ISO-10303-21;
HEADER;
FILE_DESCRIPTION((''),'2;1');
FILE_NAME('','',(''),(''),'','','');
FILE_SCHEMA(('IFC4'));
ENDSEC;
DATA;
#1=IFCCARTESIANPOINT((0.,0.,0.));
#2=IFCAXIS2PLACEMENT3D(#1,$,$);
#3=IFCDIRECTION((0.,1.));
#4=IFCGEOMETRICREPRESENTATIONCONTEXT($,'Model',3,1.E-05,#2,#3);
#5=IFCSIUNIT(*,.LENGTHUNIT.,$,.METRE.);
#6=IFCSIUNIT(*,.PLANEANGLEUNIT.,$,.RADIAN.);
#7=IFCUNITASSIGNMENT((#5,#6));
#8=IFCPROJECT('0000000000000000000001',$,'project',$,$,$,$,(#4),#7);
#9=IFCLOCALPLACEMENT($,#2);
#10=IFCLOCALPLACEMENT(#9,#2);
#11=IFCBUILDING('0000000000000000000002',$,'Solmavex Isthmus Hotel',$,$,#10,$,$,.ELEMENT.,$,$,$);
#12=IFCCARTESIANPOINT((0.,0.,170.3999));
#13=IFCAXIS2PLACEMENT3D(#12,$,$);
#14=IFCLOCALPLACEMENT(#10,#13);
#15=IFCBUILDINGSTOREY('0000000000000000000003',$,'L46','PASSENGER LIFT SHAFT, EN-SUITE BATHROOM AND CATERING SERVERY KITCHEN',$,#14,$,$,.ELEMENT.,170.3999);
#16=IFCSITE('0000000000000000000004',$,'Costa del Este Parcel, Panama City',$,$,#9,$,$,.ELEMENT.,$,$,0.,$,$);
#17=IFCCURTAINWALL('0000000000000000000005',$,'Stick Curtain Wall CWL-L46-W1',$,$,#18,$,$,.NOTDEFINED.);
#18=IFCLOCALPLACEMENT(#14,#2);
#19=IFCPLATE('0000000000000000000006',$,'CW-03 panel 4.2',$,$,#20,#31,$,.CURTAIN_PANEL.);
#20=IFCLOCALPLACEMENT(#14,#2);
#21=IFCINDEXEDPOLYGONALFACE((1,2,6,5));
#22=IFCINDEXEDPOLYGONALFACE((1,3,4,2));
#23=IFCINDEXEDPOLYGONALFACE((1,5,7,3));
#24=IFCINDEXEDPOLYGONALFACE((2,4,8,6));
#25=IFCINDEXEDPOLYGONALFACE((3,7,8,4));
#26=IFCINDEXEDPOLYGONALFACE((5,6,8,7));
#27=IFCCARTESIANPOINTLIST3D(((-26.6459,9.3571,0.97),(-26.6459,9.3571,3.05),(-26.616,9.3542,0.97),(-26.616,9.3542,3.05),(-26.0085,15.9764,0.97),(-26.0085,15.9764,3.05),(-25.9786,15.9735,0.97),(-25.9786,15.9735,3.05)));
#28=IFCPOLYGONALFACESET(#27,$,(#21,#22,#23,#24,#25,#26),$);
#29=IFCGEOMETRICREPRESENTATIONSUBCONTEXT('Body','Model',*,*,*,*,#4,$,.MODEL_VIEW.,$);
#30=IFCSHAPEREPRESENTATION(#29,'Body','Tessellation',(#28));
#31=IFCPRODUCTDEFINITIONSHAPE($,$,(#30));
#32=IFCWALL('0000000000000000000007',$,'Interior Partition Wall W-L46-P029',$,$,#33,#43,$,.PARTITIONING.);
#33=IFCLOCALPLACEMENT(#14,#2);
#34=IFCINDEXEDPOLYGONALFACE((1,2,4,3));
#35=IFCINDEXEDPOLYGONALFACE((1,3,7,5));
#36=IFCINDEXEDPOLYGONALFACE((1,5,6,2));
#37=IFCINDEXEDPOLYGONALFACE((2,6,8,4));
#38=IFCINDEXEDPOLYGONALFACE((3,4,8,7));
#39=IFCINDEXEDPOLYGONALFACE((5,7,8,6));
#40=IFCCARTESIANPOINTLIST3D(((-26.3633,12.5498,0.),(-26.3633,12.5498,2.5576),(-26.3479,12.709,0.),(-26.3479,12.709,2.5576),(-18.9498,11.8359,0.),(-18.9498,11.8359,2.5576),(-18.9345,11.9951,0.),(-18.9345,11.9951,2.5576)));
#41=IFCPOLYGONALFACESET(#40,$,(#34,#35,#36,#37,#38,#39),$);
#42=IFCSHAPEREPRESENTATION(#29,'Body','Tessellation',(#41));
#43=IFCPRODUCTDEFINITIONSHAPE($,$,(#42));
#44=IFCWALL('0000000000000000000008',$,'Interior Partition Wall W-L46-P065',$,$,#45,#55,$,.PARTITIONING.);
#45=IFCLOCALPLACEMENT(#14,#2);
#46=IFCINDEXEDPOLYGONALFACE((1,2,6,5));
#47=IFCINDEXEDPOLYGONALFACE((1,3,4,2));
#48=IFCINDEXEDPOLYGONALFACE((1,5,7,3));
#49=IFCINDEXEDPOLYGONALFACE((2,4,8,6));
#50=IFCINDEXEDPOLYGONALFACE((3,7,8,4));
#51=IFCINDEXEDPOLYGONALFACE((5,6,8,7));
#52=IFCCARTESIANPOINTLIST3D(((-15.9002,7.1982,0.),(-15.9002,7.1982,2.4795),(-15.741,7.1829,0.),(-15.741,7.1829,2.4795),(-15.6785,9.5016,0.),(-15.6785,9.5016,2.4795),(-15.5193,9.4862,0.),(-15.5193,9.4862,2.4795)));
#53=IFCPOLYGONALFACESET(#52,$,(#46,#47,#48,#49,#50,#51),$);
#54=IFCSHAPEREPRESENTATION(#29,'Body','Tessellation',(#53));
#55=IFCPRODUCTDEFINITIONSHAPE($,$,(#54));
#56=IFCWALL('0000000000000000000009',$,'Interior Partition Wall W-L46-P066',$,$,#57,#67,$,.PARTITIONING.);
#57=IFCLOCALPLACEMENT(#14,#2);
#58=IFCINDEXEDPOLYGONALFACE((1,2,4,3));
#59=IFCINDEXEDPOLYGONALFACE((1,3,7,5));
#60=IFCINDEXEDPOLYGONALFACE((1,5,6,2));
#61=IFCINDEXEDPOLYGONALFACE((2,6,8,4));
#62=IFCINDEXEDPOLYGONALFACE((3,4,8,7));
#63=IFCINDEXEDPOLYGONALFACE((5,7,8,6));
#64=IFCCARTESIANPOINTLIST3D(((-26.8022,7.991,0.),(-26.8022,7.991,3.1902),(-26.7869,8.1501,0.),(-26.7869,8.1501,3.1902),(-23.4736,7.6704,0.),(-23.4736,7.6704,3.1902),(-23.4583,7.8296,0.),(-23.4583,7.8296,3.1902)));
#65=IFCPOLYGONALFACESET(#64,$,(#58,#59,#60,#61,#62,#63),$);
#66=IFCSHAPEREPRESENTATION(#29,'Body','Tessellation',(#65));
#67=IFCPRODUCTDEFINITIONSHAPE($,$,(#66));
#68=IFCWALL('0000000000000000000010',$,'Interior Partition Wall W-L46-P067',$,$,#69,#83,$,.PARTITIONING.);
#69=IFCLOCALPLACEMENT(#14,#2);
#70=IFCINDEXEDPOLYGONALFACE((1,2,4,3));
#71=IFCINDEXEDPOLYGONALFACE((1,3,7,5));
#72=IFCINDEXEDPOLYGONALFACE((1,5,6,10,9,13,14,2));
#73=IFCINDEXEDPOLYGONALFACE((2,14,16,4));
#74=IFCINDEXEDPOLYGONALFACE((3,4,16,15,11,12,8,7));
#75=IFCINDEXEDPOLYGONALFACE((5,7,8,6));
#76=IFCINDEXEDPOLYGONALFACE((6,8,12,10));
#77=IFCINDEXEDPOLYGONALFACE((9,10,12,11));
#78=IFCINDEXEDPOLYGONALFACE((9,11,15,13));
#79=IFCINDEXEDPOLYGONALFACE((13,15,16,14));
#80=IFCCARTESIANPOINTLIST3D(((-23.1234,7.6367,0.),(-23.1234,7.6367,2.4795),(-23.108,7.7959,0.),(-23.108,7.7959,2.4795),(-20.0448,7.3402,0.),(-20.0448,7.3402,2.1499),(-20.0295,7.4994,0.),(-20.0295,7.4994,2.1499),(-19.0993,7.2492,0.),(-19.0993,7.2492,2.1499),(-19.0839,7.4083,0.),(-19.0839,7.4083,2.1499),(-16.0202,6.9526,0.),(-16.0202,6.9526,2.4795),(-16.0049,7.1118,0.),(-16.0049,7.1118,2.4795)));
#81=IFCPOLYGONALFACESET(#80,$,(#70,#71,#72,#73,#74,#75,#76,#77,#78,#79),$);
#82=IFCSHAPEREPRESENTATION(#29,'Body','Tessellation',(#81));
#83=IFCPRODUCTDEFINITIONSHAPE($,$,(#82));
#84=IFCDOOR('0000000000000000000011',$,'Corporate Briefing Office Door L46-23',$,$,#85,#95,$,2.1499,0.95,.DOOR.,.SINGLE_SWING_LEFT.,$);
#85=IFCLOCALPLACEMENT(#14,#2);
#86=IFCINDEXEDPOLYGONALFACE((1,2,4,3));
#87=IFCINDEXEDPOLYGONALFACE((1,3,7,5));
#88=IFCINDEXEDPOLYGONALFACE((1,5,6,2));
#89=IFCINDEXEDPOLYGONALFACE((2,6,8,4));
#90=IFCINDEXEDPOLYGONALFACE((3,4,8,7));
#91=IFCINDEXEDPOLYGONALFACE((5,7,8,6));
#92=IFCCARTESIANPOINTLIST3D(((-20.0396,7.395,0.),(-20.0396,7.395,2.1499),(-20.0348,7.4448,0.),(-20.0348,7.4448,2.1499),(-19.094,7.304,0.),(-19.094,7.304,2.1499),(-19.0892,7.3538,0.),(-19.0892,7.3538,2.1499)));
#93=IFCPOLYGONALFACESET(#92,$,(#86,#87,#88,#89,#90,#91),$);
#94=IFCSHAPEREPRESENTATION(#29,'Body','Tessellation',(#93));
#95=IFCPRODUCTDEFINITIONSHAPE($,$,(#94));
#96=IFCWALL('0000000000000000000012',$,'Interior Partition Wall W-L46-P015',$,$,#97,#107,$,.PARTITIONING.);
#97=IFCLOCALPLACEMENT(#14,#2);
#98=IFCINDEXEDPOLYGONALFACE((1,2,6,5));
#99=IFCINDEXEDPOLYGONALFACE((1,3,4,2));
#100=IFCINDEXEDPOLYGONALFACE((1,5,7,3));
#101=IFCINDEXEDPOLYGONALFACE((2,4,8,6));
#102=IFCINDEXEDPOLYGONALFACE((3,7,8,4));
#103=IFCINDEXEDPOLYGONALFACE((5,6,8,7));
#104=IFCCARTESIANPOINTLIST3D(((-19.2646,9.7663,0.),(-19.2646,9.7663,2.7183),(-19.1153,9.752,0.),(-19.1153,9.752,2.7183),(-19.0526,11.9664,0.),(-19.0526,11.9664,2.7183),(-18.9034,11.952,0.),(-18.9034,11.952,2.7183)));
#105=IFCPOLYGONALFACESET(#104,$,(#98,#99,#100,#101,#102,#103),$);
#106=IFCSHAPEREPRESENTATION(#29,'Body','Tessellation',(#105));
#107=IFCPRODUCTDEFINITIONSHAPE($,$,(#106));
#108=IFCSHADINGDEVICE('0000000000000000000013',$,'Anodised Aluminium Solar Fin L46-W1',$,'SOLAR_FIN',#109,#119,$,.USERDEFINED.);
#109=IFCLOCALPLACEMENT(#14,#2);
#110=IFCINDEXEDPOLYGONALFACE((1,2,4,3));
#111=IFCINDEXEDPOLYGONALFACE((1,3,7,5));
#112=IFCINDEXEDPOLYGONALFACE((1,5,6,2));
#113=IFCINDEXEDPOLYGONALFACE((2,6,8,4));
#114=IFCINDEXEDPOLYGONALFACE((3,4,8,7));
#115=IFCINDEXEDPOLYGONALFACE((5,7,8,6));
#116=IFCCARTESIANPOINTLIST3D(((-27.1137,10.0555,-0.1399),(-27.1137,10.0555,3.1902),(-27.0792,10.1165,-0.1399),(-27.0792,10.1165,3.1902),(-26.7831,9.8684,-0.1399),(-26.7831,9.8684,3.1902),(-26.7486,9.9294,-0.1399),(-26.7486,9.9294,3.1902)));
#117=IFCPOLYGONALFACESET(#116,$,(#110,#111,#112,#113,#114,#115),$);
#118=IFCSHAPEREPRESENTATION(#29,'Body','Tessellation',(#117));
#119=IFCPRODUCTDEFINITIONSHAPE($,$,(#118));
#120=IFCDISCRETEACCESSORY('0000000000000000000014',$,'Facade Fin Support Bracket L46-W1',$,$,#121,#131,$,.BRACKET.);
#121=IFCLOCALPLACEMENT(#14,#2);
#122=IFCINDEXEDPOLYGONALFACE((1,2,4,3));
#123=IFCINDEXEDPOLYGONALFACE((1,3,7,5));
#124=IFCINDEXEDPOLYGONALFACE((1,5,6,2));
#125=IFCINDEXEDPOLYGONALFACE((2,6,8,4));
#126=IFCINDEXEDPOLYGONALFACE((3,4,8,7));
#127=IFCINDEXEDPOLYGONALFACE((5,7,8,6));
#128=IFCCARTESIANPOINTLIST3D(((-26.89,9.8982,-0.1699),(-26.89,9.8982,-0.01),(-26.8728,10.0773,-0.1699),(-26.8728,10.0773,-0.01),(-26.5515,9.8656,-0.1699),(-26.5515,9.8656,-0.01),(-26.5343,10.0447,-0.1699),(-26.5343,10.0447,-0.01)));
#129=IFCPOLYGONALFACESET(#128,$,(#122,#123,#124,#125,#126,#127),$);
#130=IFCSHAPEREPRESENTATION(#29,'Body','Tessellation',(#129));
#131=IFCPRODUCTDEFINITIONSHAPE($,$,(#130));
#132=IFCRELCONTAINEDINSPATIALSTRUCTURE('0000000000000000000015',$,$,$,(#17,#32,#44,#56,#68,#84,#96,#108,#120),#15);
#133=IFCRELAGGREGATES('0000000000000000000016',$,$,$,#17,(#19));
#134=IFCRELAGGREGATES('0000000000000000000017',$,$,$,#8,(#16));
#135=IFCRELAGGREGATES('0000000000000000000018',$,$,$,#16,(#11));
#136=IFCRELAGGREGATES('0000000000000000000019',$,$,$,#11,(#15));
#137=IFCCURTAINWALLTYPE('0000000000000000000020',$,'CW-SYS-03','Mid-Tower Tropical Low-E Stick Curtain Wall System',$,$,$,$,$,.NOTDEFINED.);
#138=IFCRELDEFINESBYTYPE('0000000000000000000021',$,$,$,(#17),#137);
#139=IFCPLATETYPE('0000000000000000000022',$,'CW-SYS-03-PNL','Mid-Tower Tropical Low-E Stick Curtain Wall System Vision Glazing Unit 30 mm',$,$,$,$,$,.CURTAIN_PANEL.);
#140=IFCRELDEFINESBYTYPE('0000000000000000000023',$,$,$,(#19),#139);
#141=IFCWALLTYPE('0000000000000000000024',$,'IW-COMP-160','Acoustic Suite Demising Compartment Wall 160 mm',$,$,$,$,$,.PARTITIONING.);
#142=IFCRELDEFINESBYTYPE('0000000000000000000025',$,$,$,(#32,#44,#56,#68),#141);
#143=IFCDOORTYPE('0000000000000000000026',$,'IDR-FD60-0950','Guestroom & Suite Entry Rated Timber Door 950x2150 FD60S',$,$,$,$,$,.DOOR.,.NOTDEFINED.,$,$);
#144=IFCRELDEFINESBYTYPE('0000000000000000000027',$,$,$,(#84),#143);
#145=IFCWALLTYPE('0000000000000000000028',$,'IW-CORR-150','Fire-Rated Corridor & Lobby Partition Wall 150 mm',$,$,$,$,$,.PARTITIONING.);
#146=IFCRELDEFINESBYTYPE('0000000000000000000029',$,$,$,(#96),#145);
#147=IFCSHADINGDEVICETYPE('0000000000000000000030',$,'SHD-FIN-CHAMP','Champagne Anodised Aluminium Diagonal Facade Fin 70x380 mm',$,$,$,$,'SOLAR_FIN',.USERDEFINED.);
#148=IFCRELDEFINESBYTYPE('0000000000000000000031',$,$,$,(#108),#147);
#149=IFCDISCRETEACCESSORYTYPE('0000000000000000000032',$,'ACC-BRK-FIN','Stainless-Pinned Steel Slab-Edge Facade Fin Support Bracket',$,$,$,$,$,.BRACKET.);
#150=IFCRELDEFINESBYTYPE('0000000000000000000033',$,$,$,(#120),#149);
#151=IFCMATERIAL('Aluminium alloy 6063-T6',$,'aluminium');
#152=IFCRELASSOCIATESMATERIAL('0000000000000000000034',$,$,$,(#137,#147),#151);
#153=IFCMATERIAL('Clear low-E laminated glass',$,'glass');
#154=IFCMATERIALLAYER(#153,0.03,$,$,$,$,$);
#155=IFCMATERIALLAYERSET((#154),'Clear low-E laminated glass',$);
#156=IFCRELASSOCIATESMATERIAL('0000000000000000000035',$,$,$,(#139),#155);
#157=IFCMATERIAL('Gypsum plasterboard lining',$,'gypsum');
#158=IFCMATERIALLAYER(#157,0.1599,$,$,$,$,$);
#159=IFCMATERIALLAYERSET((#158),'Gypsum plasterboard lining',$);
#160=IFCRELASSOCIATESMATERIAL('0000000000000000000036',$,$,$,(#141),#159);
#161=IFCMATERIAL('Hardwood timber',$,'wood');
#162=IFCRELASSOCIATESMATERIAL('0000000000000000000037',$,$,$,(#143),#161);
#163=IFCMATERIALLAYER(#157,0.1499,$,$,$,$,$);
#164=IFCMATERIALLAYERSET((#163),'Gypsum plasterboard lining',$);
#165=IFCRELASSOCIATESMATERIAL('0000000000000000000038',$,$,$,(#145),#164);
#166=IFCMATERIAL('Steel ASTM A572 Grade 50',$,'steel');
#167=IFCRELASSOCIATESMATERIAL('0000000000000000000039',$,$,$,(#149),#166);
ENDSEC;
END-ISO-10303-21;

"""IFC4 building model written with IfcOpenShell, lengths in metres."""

from ifc_helpers import new_model, si_unit, direction, frame, frame_2d, origin, origin_2d, place, context, subcontext, project, spatial, rectangle, extrude, material, layer, layer_set, type_object, element, fill, aggregate, save


model = new_model("IFC4")

# Units and contexts
model_context = context("Model", 3, precision=1e-05, world=origin(), true_north=direction((0.0, 1.0)))
body_context = subcontext(model_context, "Body", "Model", "MODEL_VIEW")
ifc_project = project(units=[si_unit("LENGTHUNIT", "METRE"), si_unit("PLANEANGLEUNIT", "RADIAN")], contexts=[model_context])

# Site, building, storey
site_placement = place(None, origin())
site = spatial("IfcSite", under=ifc_project, at=site_placement, Name="Costa del Este Parcel, Panama City", CompositionType="ELEMENT", RefElevation=0.0)
building_placement = place(site_placement, origin())
building = spatial("IfcBuilding", under=site, at=building_placement, Name="Solmavex Isthmus Hotel", CompositionType="ELEMENT")
storey_placement = place(building_placement, frame((0.0, 0.0, 170.3999)))
storey = spatial("IfcBuildingStorey", under=building, at=storey_placement, Name="L46", Description="PASSENGER LIFT SHAFT, EN-SUITE BATHROOM AND CATERING SERVERY KITCHEN", CompositionType="ELEMENT", Elevation=170.3999)

# Curtain wall, plate
ifc_material_1 = material(Name="Aluminium alloy 6063-T6", Category="aluminium")
curtain_wall_type = type_object("IfcCurtainWallType", Name="CW-SYS-03", Description="Mid-Tower Tropical Low-E Stick Curtain Wall System", PredefinedType="NOTDEFINED", material=ifc_material_1)
curtain_wall_placement = place(storey_placement, origin())
curtain_wall = element("IfcCurtainWall", 1, at=curtain_wall_placement, inside=storey, type_object=curtain_wall_type, Name="Stick Curtain Wall CWL-L46-W1", PredefinedType="NOTDEFINED")
ifc_material_2 = material(Name="Clear low-E laminated glass", Category="glass")
ifc_layer_1 = layer(ifc_material_2, 0.03)
ifc_layer_set_1 = layer_set([ifc_layer_1], Name="Clear low-E laminated glass")
plate_type = type_object("IfcPlateType", Name="CW-SYS-03-PNL", Description="Mid-Tower Tropical Low-E Stick Curtain Wall System Vision Glazing Unit 30 mm", PredefinedType="CURTAIN_PANEL", material=ifc_layer_set_1)
plate_1_placement = place(storey_placement, frame((-26.3123, 12.6653, 0.97), z_axis=(0.0, 0.0, 1.0), x_axis=(0.095846, 0.995396, 0.0)))
plate_1 = element("IfcPlate", 2, at=plate_1_placement, type_object=plate_type, Name="CW-03 panel 4.2", PredefinedType="CURTAIN_PANEL", context=body_context, shape_type="SweptSolid", body=[
    extrude(rectangle(XDim=6.6499, YDim=0.03, at=origin_2d()), origin(), (0.0, 0.0, 1.0), 2.0801),
])
aggregate(curtain_wall, [plate_1])

# Walls
ifc_material_3 = material(Name="Gypsum plasterboard lining", Category="gypsum")
ifc_layer_2 = layer(ifc_material_3, 0.1599)
ifc_layer_set_2 = layer_set([ifc_layer_2], Name="Gypsum plasterboard lining")
wall_type_1 = type_object("IfcWallType", Name="IW-COMP-160", Description="Acoustic Suite Demising Compartment Wall 160 mm", PredefinedType="PARTITIONING", material=ifc_layer_set_2)
wall_1_placement = place(storey_placement, frame((-18.9421, 11.9155, 0.0), z_axis=(0.0, 0.0, 1.0), x_axis=(-0.995396, 0.095849, 0.0)))
element("IfcWall", 3, at=wall_1_placement, inside=storey, type_object=wall_type_1, Name="Interior Partition Wall W-L46-P029", PredefinedType="PARTITIONING", context=body_context, shape_type="SweptSolid", body=[
    extrude(rectangle(XDim=7.4478, YDim=0.1599, at=frame_2d((3.7239, 0.0))), origin(), (0.0, 0.0, 1.0), 2.5576),
])
wall_2_placement = place(storey_placement, frame((-15.5989, 9.4939, 0.0), z_axis=(0.0, 0.0, 1.0), x_axis=(-0.095805, -0.9954, 0.0)))
element("IfcWall", 4, at=wall_2_placement, inside=storey, type_object=wall_type_1, Name="Interior Partition Wall W-L46-P065", PredefinedType="PARTITIONING", context=body_context, shape_type="SweptSolid", body=[
    extrude(rectangle(XDim=2.314, YDim=0.1599, at=frame_2d((1.157, 0.0))), origin(), (0.0, 0.0, 1.0), 2.4795),
])
wall_3_placement = place(storey_placement, frame((-23.4661, 7.75, 0.0), z_axis=(0.0, 0.0, 1.0), x_axis=(-0.995395, 0.09586, 0.0)))
element("IfcWall", 5, at=wall_3_placement, inside=storey, type_object=wall_type_1, Name="Interior Partition Wall W-L46-P066", PredefinedType="PARTITIONING", context=body_context, shape_type="SweptSolid", body=[
    extrude(rectangle(XDim=3.344, YDim=0.1599, at=frame_2d((1.6719, 0.0))), origin(), (0.0, 0.0, 1.0), 3.1902),
])

# Wall, opening, door
wall_4_placement = place(storey_placement, frame((-16.0127, 7.0322, 0.0), z_axis=(0.0, 0.0, 1.0), x_axis=(-0.995394, 0.095865, 0.0)))
wall_4 = element("IfcWall", 6, at=wall_4_placement, inside=storey, type_object=wall_type_1, Name="Interior Partition Wall W-L46-P067", PredefinedType="PARTITIONING", context=body_context, shape_type="SweptSolid", body=[
    extrude(rectangle(XDim=7.136, YDim=0.1599, at=frame_2d((3.5679, 0.0))), origin(), (0.0, 0.0, 1.0), 2.4795),
])
opening_1_placement = place(wall_4_placement, frame((3.093, 0.0, 0.0)))
opening_1 = element("IfcOpeningElement", 7, at=opening_1_placement, cuts=wall_4, PredefinedType="OPENING", context=body_context, shape_type="SweptSolid", body=[
    extrude(rectangle(XDim=0.95, YDim=2.1499, at=frame_2d((0.4751, 1.075))), frame((0.0, 0.0898, 0.0), z_axis=(0.0, -1.0, 0.0), x_axis=(1.0, 0.0, 0.0)), (0.0, 0.0, 1.0), 0.1799),
])
ifc_material_4 = material(Name="Hardwood timber", Category="wood")
door_type = type_object("IfcDoorType", Name="IDR-FD60-0950", Description="Guestroom & Suite Entry Rated Timber Door 950x2150 FD60S", OperationType="NOTDEFINED", PredefinedType="DOOR", material=ifc_material_4)
door_1_placement = place(opening_1_placement, origin())
door_1 = element("IfcDoor", 8, at=door_1_placement, inside=storey, type_object=door_type, Name="Corporate Briefing Office Door L46-23", OperationType="SINGLE_SWING_LEFT", OverallHeight=2.1499, OverallWidth=0.95, PredefinedType="DOOR", context=body_context, shape_type="SweptSolid", body=[
    extrude(rectangle(XDim=0.95, YDim=2.1499, at=frame_2d((0.4751, 1.075))), frame((0.0, 0.0249, 0.0), z_axis=(0.0, -1.0, 0.0), x_axis=(1.0, 0.0, 0.0)), (0.0, 0.0, 1.0), 0.05),
])
fill(opening_1, door_1)
ifc_layer_3 = layer(ifc_material_3, 0.1499)
ifc_layer_set_3 = layer_set([ifc_layer_3], Name="Gypsum plasterboard lining")
wall_type_2 = type_object("IfcWallType", Name="IW-CORR-150", Description="Fire-Rated Corridor & Lobby Partition Wall 150 mm", PredefinedType="PARTITIONING", material=ifc_layer_set_3)

# Wall
wall_5_placement = place(storey_placement, frame((-19.1899, 9.7593, 0.0), z_axis=(0.0, 0.0, 1.0), x_axis=(0.095883, 0.995393, 0.0)))
element("IfcWall", 9, at=wall_5_placement, inside=storey, type_object=wall_type_2, Name="Interior Partition Wall W-L46-P015", PredefinedType="PARTITIONING", context=body_context, shape_type="SweptSolid", body=[
    extrude(rectangle(XDim=2.2102, YDim=0.1499, at=frame_2d((1.105, 0.0))), origin(), (0.0, 0.0, 1.0), 2.7183),
])

# Shading device
shading_device_type = type_object("IfcShadingDeviceType", Name="SHD-FIN-CHAMP", Description="Champagne Anodised Aluminium Diagonal Facade Fin 70x380 mm", ElementType="SOLAR_FIN", PredefinedType="USERDEFINED", material=ifc_material_1)
shading_device_placement = place(storey_placement, frame((-26.9312, 9.9924, -0.1399), z_axis=(0.0, 0.0, 1.0), x_axis=(-0.870356, 0.492424, 0.0)))
element("IfcShadingDevice", 10, at=shading_device_placement, inside=storey, type_object=shading_device_type, Name="Anodised Aluminium Solar Fin L46-W1", ObjectType="SOLAR_FIN", PredefinedType="USERDEFINED", context=body_context, shape_type="SweptSolid", body=[
    extrude(rectangle(XDim=0.3799, YDim=0.0701, at=origin_2d()), origin(), (0.0, 0.0, 1.0), 3.3301),
])

# Discrete accessory
ifc_material_5 = material(Name="Steel ASTM A572 Grade 50", Category="steel")
discrete_accessory_type = type_object("IfcDiscreteAccessoryType", Name="ACC-BRK-FIN", Description="Stainless-Pinned Steel Slab-Edge Facade Fin Support Bracket", PredefinedType="BRACKET", material=ifc_material_5)
discrete_accessory_placement = place(storey_placement, frame((-26.7122, 9.9714, -0.1699), z_axis=(0.0, 0.0, 1.0), x_axis=(-0.995396, 0.095846, 0.0)))
element("IfcDiscreteAccessory", 11, at=discrete_accessory_placement, inside=storey, type_object=discrete_accessory_type, Name="Facade Fin Support Bracket L46-W1", PredefinedType="BRACKET", context=body_context, shape_type="SweptSolid", body=[
    extrude(rectangle(XDim=0.3401, YDim=0.1799, at=origin_2d()), origin(), (0.0, 0.0, 1.0), 0.1599),
])

save(model, "model.ifc")
